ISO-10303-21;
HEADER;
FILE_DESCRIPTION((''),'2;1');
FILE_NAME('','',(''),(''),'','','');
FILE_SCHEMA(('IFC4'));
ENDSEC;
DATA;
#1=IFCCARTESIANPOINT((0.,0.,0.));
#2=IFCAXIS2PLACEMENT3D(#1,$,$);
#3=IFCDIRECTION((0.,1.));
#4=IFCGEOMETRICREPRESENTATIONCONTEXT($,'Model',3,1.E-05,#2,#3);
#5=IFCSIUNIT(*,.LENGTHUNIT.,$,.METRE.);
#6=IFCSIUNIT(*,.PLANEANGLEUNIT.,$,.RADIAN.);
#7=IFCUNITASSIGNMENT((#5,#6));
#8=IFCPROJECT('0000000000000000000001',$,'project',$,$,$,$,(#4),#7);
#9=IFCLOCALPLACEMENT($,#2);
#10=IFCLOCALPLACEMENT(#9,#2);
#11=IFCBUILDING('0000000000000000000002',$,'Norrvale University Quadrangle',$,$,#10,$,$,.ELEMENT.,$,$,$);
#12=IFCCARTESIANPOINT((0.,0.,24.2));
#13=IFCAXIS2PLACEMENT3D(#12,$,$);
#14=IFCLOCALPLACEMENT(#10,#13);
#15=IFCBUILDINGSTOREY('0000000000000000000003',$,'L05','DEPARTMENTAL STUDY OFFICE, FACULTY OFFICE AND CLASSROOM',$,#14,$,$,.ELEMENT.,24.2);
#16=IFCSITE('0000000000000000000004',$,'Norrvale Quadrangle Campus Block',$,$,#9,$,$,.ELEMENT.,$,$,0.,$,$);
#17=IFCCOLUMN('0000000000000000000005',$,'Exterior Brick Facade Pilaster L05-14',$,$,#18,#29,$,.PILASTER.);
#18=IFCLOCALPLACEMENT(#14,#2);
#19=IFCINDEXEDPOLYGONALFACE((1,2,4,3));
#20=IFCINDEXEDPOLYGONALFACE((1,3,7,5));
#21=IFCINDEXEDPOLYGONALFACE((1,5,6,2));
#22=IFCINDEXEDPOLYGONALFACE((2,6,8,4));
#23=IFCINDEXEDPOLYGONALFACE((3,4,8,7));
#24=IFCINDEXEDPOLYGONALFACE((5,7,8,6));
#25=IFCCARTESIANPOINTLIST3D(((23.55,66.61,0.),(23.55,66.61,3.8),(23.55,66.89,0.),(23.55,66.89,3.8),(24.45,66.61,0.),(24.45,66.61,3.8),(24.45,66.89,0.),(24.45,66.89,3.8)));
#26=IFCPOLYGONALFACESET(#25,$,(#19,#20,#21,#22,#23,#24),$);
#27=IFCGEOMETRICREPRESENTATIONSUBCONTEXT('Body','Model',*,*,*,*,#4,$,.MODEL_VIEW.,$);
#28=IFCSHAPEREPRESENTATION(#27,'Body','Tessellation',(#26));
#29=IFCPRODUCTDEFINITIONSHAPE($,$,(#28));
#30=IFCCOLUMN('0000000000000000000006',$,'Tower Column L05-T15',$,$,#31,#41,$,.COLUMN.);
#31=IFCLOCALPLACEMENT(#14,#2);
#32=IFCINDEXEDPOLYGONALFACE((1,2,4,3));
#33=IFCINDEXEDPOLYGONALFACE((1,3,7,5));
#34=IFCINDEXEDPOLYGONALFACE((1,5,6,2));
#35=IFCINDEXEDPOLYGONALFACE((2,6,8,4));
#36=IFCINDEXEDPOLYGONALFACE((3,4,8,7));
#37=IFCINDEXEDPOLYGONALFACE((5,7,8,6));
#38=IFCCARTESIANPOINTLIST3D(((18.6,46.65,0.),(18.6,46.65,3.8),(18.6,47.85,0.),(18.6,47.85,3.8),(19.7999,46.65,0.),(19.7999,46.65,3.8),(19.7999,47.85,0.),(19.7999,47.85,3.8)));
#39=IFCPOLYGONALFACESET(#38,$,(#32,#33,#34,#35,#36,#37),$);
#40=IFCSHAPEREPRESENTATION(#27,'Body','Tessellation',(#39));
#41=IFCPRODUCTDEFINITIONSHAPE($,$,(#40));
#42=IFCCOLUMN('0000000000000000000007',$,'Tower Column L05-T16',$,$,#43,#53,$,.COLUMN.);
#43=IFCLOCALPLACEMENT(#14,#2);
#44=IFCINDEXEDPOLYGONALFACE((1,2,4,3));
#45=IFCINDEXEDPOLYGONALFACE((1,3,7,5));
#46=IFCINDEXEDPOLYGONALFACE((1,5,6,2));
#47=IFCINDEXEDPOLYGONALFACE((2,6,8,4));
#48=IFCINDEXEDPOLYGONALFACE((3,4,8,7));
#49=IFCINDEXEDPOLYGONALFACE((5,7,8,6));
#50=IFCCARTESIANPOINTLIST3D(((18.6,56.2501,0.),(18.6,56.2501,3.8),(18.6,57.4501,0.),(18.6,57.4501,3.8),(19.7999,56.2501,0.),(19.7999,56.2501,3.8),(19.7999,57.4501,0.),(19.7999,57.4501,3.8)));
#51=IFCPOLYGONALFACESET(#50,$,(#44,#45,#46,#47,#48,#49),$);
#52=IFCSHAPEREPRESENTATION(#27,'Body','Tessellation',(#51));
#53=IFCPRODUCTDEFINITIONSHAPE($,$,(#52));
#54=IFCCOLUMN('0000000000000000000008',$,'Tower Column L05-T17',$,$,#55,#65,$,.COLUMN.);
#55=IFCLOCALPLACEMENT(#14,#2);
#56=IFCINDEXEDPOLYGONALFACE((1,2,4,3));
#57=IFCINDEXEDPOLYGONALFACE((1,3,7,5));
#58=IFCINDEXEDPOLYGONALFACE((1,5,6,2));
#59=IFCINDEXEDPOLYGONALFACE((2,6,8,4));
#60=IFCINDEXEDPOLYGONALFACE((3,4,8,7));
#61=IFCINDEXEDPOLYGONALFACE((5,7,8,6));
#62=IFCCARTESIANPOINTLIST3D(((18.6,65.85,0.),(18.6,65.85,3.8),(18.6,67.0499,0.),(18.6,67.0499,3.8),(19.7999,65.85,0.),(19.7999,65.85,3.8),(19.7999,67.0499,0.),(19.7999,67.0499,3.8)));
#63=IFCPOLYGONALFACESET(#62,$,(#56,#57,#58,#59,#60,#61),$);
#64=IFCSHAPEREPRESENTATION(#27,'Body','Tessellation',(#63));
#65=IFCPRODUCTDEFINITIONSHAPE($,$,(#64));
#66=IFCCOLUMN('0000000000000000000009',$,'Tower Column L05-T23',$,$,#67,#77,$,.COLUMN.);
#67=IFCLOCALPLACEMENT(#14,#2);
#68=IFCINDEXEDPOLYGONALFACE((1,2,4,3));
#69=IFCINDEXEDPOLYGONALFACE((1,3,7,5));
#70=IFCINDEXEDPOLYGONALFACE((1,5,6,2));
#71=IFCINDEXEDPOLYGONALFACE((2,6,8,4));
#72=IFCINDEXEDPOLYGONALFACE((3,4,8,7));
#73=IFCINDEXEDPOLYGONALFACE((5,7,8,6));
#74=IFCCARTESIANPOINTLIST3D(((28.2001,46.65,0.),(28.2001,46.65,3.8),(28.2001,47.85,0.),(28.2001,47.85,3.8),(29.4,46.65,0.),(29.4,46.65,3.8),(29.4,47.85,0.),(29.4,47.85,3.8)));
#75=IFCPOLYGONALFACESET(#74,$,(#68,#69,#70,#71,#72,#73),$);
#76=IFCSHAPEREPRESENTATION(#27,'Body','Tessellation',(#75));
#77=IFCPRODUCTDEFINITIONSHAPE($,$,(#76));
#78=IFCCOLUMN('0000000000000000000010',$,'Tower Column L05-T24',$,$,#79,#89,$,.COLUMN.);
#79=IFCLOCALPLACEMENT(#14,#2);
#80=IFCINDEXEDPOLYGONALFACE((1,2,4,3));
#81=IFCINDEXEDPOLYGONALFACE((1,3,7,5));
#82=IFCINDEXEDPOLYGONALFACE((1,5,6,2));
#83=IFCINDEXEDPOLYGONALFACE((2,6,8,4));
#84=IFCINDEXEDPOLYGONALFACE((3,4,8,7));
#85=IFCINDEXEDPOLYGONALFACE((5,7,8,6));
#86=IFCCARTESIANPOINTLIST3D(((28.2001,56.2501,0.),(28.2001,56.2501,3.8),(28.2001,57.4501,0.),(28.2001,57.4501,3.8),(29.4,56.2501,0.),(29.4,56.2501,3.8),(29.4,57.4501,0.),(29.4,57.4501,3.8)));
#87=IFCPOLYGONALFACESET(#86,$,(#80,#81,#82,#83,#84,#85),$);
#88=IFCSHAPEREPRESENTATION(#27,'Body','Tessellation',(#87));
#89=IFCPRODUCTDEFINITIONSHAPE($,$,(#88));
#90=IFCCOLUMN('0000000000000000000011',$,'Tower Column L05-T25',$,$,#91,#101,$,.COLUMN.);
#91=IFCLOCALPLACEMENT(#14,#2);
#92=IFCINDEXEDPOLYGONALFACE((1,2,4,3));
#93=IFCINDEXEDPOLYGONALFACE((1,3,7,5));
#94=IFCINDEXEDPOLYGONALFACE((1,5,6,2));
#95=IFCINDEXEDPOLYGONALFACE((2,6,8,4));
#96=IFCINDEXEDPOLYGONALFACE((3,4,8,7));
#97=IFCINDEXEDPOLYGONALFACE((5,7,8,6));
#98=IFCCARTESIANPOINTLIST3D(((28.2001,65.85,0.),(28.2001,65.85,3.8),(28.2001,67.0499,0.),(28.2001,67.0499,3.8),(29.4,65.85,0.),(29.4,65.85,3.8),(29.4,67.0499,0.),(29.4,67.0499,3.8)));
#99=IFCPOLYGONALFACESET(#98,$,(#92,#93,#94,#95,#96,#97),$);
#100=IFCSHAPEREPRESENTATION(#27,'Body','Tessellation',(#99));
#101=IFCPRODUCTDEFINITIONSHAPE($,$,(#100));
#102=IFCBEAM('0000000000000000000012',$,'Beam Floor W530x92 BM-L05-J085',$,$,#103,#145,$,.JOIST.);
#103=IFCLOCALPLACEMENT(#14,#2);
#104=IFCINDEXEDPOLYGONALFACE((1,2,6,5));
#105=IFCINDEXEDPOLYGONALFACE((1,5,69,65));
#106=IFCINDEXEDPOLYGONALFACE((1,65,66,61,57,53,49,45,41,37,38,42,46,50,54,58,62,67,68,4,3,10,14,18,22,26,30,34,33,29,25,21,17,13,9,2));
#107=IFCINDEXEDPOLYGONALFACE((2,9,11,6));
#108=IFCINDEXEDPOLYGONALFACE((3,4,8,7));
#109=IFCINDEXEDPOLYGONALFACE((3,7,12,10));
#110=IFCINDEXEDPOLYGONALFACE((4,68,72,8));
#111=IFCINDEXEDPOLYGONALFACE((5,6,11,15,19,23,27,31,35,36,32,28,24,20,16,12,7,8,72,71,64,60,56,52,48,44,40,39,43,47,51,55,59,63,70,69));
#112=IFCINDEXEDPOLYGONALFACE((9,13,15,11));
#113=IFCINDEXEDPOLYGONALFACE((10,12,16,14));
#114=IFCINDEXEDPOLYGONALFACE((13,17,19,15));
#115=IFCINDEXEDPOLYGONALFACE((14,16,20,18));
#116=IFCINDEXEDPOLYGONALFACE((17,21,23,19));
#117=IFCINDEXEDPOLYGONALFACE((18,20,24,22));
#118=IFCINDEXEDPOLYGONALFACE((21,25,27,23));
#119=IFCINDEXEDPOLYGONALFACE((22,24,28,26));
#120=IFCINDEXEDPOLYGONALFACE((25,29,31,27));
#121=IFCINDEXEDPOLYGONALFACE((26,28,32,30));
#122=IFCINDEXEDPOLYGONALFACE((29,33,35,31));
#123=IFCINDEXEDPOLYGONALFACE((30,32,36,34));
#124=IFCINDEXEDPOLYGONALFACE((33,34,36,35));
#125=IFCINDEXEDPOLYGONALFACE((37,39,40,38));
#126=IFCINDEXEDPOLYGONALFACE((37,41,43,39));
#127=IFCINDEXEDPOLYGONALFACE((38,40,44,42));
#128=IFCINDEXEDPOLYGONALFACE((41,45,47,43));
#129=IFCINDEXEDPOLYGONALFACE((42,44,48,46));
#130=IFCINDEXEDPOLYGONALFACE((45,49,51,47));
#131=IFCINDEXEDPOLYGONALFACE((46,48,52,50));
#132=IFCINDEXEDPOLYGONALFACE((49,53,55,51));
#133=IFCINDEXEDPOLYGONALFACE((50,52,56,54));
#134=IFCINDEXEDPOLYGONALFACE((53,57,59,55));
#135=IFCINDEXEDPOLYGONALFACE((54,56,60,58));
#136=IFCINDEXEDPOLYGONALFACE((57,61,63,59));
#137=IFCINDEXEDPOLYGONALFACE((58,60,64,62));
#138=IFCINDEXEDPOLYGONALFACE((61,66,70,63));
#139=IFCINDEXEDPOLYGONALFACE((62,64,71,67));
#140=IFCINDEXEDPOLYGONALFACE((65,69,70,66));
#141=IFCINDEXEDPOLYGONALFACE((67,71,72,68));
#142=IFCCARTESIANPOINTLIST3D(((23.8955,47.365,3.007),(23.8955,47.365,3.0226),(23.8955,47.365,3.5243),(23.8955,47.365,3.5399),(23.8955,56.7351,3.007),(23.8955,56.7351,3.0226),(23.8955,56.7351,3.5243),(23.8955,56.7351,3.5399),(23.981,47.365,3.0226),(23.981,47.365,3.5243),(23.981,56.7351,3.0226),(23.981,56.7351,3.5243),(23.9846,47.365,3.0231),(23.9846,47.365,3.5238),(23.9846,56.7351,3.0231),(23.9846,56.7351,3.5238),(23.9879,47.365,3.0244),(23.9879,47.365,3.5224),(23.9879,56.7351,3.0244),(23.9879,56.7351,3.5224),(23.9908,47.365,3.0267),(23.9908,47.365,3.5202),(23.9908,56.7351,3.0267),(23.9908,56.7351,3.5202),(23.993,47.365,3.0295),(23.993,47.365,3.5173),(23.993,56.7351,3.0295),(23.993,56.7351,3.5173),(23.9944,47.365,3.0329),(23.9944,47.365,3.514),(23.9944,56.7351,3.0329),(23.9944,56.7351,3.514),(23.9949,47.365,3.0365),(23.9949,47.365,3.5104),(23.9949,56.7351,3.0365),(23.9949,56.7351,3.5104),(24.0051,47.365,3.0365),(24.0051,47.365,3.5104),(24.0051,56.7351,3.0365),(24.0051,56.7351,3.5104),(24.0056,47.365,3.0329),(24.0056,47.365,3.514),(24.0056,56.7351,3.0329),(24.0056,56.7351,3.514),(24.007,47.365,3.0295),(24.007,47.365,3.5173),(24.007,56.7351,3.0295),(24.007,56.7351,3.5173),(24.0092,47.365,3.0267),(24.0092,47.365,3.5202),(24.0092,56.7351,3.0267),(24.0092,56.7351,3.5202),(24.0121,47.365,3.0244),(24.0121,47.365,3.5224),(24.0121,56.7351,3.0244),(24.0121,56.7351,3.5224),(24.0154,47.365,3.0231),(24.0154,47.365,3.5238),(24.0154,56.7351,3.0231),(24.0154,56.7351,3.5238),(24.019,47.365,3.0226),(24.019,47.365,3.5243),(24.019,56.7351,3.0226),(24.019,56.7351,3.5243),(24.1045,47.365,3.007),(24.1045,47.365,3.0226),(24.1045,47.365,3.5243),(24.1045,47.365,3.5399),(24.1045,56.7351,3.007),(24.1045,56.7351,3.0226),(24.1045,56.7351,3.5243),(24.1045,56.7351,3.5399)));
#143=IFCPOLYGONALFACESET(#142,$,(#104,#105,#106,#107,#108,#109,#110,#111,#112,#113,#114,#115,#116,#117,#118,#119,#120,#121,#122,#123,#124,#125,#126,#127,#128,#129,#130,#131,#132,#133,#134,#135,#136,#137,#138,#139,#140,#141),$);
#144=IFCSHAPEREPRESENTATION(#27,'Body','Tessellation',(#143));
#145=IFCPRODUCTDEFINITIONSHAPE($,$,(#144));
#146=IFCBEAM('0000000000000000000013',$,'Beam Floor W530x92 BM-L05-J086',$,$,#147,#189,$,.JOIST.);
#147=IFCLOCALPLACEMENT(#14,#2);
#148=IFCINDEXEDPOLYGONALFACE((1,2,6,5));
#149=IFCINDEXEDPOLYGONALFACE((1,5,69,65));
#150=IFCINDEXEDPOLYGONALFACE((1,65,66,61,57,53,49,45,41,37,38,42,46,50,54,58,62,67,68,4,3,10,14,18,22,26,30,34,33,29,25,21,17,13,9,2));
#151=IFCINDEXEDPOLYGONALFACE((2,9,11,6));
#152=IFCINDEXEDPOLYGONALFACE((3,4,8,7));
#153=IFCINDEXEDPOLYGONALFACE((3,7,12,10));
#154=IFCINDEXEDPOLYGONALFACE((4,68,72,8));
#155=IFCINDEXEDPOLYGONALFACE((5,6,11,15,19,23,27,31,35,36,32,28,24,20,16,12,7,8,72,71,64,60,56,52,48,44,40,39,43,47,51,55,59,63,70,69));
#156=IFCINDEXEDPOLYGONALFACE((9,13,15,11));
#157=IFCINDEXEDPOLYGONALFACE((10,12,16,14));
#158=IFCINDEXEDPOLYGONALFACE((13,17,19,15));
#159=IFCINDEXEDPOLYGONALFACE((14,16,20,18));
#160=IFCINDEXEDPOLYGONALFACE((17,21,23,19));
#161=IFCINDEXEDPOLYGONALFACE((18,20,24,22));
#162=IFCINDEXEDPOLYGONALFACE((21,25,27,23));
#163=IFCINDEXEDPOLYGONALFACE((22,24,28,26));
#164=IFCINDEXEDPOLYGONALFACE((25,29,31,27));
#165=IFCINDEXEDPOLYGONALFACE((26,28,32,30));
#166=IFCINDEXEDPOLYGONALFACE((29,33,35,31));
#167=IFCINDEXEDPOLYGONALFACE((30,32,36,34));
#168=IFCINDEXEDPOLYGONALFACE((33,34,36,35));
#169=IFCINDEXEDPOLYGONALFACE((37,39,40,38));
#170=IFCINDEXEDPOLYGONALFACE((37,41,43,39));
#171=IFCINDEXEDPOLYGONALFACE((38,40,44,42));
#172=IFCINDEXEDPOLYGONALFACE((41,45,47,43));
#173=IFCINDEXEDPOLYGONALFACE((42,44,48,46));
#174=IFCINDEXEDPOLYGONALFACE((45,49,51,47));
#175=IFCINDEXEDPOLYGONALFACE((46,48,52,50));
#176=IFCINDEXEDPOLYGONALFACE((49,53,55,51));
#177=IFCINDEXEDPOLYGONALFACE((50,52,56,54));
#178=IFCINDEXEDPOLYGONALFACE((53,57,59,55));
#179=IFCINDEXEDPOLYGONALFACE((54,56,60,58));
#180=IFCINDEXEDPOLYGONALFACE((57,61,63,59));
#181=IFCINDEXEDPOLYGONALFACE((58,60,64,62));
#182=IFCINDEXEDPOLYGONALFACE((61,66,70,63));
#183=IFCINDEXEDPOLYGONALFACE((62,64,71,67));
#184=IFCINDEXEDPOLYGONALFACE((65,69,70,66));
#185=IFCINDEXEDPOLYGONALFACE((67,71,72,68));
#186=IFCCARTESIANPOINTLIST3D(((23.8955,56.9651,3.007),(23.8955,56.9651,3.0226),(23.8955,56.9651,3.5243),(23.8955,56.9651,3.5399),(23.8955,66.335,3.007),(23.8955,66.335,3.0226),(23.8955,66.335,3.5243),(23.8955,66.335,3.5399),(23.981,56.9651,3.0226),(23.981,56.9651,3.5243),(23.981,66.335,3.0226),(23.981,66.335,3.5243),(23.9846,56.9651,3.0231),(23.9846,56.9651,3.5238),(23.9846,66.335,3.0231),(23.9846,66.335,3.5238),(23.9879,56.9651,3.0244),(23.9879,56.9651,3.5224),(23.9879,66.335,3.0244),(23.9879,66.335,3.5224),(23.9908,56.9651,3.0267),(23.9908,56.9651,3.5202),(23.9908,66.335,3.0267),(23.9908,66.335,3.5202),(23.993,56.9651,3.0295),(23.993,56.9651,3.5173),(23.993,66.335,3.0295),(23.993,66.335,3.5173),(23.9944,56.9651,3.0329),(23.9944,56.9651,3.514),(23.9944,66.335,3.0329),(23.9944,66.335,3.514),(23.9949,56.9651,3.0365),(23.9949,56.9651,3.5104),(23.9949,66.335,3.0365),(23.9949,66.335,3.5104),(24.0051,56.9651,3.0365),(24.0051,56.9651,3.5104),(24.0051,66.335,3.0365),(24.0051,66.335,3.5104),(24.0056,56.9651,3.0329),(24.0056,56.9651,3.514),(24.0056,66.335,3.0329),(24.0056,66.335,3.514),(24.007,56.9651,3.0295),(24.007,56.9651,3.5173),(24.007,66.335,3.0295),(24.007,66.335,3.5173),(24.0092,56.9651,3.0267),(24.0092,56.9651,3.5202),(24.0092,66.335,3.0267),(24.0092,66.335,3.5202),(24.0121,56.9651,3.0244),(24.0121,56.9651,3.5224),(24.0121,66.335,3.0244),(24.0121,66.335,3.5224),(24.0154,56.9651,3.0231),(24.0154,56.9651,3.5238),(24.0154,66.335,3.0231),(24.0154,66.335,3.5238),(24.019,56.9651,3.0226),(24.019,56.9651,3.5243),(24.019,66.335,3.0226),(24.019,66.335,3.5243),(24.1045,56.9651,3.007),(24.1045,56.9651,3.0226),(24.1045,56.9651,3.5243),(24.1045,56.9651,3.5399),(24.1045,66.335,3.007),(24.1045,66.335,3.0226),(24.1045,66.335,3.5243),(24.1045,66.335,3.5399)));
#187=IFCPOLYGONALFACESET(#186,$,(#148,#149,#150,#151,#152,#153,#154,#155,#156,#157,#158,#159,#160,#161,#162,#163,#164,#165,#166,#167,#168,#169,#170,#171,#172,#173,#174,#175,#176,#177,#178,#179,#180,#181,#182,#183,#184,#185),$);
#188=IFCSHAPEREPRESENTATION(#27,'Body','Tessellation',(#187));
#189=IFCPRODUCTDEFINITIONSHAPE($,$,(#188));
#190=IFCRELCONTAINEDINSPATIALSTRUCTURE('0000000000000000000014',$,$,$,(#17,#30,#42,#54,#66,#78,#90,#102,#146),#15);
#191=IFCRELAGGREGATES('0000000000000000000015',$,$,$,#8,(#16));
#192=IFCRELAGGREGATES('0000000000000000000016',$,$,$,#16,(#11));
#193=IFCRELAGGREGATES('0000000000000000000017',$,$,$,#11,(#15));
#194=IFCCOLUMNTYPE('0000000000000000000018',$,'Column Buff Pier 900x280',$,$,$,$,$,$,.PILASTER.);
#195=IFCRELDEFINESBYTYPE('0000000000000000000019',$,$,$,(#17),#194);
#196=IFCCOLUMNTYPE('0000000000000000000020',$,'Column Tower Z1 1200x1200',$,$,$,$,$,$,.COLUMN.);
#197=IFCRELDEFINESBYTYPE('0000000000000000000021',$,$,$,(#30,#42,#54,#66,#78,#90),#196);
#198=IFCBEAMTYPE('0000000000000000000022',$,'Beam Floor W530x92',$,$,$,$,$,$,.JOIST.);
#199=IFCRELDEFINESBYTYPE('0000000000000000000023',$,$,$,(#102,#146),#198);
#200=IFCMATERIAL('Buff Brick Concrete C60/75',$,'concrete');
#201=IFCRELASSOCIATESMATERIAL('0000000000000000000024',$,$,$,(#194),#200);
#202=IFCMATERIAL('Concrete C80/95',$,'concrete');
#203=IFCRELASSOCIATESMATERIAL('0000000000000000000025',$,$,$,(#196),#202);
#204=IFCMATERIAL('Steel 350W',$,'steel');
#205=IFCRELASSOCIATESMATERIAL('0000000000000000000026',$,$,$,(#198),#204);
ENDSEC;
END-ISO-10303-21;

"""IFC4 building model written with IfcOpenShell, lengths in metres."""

from ifc_helpers import new_model, si_unit, direction, frame, origin, origin_2d, place, context, subcontext, project, spatial, rectangle, i_section, extrude, material, material_profile, profile_set, type_object, element, save


model = new_model("IFC4")

# Units and contexts
model_context = context("Model", 3, precision=1e-05, world=origin(), true_north=direction((0.0, 1.0)))
body_context = subcontext(model_context, "Body", "Model", "MODEL_VIEW")
ifc_project = project(units=[si_unit("LENGTHUNIT", "METRE"), si_unit("PLANEANGLEUNIT", "RADIAN")], contexts=[model_context])

# Site, building, storey
site_placement = place(None, origin())
site = spatial("IfcSite", under=ifc_project, at=site_placement, Name="Norrvale Quadrangle Campus Block", CompositionType="ELEMENT", RefElevation=0.0)
building_placement = place(site_placement, origin())
building = spatial("IfcBuilding", under=site, at=building_placement, Name="Norrvale University Quadrangle", CompositionType="ELEMENT")
storey_placement = place(building_placement, frame((0.0, 0.0, 24.2)))
storey = spatial("IfcBuildingStorey", under=building, at=storey_placement, Name="L05", Description="DEPARTMENTAL STUDY OFFICE, FACULTY OFFICE AND CLASSROOM", CompositionType="ELEMENT", Elevation=24.2)

# Columns
ifc_material_1 = material(Name="Buff Brick Concrete C60/75", Category="concrete")
ifc_material_profile_1 = material_profile(ifc_material_1, rectangle(XDim=0.8999, YDim=0.28, at=origin_2d()), Name="Buff Brick Concrete C60/75")
ifc_profile_set_1 = profile_set([ifc_material_profile_1], Name="Buff Brick Concrete C60/75")
column_type_1 = type_object("IfcColumnType", Name="Column Buff Pier 900x280", PredefinedType="PILASTER", material=ifc_profile_set_1)
column_placement = place(storey_placement, frame((24.0, 66.75, 0.0), z_axis=(0.0, 0.0, 1.0), x_axis=(1.0, 0.0, 0.0)))
element("IfcColumn", 1, at=column_placement, inside=storey, type_object=column_type_1, Name="Exterior Brick Facade Pilaster L05-14", PredefinedType="PILASTER", context=body_context, shape_type="SweptSolid", body=[
    extrude(rectangle(XDim=0.8999, YDim=0.28, at=origin_2d()), origin(), (0.0, 0.0, 1.0), 3.8),
])
ifc_material_2 = material(Name="Concrete C80/95", Category="concrete")
ifc_material_profile_2 = material_profile(ifc_material_2, rectangle(XDim=1.2, YDim=1.2, at=origin_2d()), Name="Concrete C80/95")
ifc_profile_set_2 = profile_set([ifc_material_profile_2], Name="Concrete C80/95")
column_type_2 = type_object("IfcColumnType", Name="Column Tower Z1 1200x1200", PredefinedType="COLUMN", material=ifc_profile_set_2)
for number, where, z_axis, x_axis, name in (
    (2, (19.2, 47.25, 0.0), (0.0, 0.0, 1.0), (1.0, 0.0, 0.0), "Tower Column L05-T15"),
    (3, (19.2, 56.8501, 0.0), (0.0, 0.0, 1.0), (1.0, 0.0, 0.0), "Tower Column L05-T16"),
    (4, (19.2, 66.45, 0.0), (0.0, 0.0, 1.0), (1.0, 0.0, 0.0), "Tower Column L05-T17"),
    (5, (28.8, 47.25, 0.0), (0.0, 0.0, 1.0), (1.0, 0.0, 0.0), "Tower Column L05-T23"),
    (6, (28.8, 56.8501, 0.0), (0.0, 0.0, 1.0), (1.0, 0.0, 0.0), "Tower Column L05-T24"),
    (7, (28.8, 66.45, 0.0), (0.0, 0.0, 1.0), (1.0, 0.0, 0.0), "Tower Column L05-T25"),
):
    element("IfcColumn", number, at=place(storey_placement, frame(where, z_axis=z_axis, x_axis=x_axis)), inside=storey, type_object=column_type_2, Name=name, PredefinedType="COLUMN", context=body_context, shape_type="SweptSolid", body=[
        extrude(rectangle(XDim=1.2, YDim=1.2, at=origin_2d()), origin(), (0.0, 0.0, 1.0), 3.8),
    ])

# Beams
ifc_material_3 = material(Name="Steel 350W", Category="steel")
ifc_material_profile_3 = material_profile(ifc_material_3, i_section(OverallWidth=0.209, OverallDepth=0.533, WebThickness=0.0103, FlangeThickness=0.0156, FilletRadius=0.0139, at=origin_2d()), Name="Steel 350W")
ifc_profile_set_3 = profile_set([ifc_material_profile_3], Name="Steel 350W")
beam_type_1 = type_object("IfcBeamType", Name="Beam Floor W530x92", PredefinedType="JOIST", material=ifc_profile_set_3)
beam_1_placement = place(storey_placement, frame((24.0, 47.365, 3.2734), z_axis=(0.0, 1.0, 0.0), x_axis=(-1.0, 0.0, 0.0)))
element("IfcBeam", 8, at=beam_1_placement, inside=storey, type_object=beam_type_1, Name="Beam Floor W530x92 BM-L05-J085", PredefinedType="JOIST", context=body_context, shape_type="SweptSolid", body=[
    extrude(i_section(OverallWidth=0.209, OverallDepth=0.533, WebThickness=0.0103, FlangeThickness=0.0156, FilletRadius=0.0139, at=origin_2d()), origin(), (0.0, 0.0, 1.0), 9.3701),
])
beam_2_placement = place(storey_placement, frame((24.0, 56.9651, 3.2734), z_axis=(0.0, 1.0, 0.0), x_axis=(-1.0, 0.0, 0.0)))
element("IfcBeam", 9, at=beam_2_placement, inside=storey, type_object=beam_type_1, Name="Beam Floor W530x92 BM-L05-J086", PredefinedType="JOIST", context=body_context, shape_type="SweptSolid", body=[
    extrude(i_section(OverallWidth=0.209, OverallDepth=0.533, WebThickness=0.0103, FlangeThickness=0.0156, FilletRadius=0.0139, at=origin_2d()), origin(), (0.0, 0.0, 1.0), 9.3699),
])

save(model, "model.ifc")
